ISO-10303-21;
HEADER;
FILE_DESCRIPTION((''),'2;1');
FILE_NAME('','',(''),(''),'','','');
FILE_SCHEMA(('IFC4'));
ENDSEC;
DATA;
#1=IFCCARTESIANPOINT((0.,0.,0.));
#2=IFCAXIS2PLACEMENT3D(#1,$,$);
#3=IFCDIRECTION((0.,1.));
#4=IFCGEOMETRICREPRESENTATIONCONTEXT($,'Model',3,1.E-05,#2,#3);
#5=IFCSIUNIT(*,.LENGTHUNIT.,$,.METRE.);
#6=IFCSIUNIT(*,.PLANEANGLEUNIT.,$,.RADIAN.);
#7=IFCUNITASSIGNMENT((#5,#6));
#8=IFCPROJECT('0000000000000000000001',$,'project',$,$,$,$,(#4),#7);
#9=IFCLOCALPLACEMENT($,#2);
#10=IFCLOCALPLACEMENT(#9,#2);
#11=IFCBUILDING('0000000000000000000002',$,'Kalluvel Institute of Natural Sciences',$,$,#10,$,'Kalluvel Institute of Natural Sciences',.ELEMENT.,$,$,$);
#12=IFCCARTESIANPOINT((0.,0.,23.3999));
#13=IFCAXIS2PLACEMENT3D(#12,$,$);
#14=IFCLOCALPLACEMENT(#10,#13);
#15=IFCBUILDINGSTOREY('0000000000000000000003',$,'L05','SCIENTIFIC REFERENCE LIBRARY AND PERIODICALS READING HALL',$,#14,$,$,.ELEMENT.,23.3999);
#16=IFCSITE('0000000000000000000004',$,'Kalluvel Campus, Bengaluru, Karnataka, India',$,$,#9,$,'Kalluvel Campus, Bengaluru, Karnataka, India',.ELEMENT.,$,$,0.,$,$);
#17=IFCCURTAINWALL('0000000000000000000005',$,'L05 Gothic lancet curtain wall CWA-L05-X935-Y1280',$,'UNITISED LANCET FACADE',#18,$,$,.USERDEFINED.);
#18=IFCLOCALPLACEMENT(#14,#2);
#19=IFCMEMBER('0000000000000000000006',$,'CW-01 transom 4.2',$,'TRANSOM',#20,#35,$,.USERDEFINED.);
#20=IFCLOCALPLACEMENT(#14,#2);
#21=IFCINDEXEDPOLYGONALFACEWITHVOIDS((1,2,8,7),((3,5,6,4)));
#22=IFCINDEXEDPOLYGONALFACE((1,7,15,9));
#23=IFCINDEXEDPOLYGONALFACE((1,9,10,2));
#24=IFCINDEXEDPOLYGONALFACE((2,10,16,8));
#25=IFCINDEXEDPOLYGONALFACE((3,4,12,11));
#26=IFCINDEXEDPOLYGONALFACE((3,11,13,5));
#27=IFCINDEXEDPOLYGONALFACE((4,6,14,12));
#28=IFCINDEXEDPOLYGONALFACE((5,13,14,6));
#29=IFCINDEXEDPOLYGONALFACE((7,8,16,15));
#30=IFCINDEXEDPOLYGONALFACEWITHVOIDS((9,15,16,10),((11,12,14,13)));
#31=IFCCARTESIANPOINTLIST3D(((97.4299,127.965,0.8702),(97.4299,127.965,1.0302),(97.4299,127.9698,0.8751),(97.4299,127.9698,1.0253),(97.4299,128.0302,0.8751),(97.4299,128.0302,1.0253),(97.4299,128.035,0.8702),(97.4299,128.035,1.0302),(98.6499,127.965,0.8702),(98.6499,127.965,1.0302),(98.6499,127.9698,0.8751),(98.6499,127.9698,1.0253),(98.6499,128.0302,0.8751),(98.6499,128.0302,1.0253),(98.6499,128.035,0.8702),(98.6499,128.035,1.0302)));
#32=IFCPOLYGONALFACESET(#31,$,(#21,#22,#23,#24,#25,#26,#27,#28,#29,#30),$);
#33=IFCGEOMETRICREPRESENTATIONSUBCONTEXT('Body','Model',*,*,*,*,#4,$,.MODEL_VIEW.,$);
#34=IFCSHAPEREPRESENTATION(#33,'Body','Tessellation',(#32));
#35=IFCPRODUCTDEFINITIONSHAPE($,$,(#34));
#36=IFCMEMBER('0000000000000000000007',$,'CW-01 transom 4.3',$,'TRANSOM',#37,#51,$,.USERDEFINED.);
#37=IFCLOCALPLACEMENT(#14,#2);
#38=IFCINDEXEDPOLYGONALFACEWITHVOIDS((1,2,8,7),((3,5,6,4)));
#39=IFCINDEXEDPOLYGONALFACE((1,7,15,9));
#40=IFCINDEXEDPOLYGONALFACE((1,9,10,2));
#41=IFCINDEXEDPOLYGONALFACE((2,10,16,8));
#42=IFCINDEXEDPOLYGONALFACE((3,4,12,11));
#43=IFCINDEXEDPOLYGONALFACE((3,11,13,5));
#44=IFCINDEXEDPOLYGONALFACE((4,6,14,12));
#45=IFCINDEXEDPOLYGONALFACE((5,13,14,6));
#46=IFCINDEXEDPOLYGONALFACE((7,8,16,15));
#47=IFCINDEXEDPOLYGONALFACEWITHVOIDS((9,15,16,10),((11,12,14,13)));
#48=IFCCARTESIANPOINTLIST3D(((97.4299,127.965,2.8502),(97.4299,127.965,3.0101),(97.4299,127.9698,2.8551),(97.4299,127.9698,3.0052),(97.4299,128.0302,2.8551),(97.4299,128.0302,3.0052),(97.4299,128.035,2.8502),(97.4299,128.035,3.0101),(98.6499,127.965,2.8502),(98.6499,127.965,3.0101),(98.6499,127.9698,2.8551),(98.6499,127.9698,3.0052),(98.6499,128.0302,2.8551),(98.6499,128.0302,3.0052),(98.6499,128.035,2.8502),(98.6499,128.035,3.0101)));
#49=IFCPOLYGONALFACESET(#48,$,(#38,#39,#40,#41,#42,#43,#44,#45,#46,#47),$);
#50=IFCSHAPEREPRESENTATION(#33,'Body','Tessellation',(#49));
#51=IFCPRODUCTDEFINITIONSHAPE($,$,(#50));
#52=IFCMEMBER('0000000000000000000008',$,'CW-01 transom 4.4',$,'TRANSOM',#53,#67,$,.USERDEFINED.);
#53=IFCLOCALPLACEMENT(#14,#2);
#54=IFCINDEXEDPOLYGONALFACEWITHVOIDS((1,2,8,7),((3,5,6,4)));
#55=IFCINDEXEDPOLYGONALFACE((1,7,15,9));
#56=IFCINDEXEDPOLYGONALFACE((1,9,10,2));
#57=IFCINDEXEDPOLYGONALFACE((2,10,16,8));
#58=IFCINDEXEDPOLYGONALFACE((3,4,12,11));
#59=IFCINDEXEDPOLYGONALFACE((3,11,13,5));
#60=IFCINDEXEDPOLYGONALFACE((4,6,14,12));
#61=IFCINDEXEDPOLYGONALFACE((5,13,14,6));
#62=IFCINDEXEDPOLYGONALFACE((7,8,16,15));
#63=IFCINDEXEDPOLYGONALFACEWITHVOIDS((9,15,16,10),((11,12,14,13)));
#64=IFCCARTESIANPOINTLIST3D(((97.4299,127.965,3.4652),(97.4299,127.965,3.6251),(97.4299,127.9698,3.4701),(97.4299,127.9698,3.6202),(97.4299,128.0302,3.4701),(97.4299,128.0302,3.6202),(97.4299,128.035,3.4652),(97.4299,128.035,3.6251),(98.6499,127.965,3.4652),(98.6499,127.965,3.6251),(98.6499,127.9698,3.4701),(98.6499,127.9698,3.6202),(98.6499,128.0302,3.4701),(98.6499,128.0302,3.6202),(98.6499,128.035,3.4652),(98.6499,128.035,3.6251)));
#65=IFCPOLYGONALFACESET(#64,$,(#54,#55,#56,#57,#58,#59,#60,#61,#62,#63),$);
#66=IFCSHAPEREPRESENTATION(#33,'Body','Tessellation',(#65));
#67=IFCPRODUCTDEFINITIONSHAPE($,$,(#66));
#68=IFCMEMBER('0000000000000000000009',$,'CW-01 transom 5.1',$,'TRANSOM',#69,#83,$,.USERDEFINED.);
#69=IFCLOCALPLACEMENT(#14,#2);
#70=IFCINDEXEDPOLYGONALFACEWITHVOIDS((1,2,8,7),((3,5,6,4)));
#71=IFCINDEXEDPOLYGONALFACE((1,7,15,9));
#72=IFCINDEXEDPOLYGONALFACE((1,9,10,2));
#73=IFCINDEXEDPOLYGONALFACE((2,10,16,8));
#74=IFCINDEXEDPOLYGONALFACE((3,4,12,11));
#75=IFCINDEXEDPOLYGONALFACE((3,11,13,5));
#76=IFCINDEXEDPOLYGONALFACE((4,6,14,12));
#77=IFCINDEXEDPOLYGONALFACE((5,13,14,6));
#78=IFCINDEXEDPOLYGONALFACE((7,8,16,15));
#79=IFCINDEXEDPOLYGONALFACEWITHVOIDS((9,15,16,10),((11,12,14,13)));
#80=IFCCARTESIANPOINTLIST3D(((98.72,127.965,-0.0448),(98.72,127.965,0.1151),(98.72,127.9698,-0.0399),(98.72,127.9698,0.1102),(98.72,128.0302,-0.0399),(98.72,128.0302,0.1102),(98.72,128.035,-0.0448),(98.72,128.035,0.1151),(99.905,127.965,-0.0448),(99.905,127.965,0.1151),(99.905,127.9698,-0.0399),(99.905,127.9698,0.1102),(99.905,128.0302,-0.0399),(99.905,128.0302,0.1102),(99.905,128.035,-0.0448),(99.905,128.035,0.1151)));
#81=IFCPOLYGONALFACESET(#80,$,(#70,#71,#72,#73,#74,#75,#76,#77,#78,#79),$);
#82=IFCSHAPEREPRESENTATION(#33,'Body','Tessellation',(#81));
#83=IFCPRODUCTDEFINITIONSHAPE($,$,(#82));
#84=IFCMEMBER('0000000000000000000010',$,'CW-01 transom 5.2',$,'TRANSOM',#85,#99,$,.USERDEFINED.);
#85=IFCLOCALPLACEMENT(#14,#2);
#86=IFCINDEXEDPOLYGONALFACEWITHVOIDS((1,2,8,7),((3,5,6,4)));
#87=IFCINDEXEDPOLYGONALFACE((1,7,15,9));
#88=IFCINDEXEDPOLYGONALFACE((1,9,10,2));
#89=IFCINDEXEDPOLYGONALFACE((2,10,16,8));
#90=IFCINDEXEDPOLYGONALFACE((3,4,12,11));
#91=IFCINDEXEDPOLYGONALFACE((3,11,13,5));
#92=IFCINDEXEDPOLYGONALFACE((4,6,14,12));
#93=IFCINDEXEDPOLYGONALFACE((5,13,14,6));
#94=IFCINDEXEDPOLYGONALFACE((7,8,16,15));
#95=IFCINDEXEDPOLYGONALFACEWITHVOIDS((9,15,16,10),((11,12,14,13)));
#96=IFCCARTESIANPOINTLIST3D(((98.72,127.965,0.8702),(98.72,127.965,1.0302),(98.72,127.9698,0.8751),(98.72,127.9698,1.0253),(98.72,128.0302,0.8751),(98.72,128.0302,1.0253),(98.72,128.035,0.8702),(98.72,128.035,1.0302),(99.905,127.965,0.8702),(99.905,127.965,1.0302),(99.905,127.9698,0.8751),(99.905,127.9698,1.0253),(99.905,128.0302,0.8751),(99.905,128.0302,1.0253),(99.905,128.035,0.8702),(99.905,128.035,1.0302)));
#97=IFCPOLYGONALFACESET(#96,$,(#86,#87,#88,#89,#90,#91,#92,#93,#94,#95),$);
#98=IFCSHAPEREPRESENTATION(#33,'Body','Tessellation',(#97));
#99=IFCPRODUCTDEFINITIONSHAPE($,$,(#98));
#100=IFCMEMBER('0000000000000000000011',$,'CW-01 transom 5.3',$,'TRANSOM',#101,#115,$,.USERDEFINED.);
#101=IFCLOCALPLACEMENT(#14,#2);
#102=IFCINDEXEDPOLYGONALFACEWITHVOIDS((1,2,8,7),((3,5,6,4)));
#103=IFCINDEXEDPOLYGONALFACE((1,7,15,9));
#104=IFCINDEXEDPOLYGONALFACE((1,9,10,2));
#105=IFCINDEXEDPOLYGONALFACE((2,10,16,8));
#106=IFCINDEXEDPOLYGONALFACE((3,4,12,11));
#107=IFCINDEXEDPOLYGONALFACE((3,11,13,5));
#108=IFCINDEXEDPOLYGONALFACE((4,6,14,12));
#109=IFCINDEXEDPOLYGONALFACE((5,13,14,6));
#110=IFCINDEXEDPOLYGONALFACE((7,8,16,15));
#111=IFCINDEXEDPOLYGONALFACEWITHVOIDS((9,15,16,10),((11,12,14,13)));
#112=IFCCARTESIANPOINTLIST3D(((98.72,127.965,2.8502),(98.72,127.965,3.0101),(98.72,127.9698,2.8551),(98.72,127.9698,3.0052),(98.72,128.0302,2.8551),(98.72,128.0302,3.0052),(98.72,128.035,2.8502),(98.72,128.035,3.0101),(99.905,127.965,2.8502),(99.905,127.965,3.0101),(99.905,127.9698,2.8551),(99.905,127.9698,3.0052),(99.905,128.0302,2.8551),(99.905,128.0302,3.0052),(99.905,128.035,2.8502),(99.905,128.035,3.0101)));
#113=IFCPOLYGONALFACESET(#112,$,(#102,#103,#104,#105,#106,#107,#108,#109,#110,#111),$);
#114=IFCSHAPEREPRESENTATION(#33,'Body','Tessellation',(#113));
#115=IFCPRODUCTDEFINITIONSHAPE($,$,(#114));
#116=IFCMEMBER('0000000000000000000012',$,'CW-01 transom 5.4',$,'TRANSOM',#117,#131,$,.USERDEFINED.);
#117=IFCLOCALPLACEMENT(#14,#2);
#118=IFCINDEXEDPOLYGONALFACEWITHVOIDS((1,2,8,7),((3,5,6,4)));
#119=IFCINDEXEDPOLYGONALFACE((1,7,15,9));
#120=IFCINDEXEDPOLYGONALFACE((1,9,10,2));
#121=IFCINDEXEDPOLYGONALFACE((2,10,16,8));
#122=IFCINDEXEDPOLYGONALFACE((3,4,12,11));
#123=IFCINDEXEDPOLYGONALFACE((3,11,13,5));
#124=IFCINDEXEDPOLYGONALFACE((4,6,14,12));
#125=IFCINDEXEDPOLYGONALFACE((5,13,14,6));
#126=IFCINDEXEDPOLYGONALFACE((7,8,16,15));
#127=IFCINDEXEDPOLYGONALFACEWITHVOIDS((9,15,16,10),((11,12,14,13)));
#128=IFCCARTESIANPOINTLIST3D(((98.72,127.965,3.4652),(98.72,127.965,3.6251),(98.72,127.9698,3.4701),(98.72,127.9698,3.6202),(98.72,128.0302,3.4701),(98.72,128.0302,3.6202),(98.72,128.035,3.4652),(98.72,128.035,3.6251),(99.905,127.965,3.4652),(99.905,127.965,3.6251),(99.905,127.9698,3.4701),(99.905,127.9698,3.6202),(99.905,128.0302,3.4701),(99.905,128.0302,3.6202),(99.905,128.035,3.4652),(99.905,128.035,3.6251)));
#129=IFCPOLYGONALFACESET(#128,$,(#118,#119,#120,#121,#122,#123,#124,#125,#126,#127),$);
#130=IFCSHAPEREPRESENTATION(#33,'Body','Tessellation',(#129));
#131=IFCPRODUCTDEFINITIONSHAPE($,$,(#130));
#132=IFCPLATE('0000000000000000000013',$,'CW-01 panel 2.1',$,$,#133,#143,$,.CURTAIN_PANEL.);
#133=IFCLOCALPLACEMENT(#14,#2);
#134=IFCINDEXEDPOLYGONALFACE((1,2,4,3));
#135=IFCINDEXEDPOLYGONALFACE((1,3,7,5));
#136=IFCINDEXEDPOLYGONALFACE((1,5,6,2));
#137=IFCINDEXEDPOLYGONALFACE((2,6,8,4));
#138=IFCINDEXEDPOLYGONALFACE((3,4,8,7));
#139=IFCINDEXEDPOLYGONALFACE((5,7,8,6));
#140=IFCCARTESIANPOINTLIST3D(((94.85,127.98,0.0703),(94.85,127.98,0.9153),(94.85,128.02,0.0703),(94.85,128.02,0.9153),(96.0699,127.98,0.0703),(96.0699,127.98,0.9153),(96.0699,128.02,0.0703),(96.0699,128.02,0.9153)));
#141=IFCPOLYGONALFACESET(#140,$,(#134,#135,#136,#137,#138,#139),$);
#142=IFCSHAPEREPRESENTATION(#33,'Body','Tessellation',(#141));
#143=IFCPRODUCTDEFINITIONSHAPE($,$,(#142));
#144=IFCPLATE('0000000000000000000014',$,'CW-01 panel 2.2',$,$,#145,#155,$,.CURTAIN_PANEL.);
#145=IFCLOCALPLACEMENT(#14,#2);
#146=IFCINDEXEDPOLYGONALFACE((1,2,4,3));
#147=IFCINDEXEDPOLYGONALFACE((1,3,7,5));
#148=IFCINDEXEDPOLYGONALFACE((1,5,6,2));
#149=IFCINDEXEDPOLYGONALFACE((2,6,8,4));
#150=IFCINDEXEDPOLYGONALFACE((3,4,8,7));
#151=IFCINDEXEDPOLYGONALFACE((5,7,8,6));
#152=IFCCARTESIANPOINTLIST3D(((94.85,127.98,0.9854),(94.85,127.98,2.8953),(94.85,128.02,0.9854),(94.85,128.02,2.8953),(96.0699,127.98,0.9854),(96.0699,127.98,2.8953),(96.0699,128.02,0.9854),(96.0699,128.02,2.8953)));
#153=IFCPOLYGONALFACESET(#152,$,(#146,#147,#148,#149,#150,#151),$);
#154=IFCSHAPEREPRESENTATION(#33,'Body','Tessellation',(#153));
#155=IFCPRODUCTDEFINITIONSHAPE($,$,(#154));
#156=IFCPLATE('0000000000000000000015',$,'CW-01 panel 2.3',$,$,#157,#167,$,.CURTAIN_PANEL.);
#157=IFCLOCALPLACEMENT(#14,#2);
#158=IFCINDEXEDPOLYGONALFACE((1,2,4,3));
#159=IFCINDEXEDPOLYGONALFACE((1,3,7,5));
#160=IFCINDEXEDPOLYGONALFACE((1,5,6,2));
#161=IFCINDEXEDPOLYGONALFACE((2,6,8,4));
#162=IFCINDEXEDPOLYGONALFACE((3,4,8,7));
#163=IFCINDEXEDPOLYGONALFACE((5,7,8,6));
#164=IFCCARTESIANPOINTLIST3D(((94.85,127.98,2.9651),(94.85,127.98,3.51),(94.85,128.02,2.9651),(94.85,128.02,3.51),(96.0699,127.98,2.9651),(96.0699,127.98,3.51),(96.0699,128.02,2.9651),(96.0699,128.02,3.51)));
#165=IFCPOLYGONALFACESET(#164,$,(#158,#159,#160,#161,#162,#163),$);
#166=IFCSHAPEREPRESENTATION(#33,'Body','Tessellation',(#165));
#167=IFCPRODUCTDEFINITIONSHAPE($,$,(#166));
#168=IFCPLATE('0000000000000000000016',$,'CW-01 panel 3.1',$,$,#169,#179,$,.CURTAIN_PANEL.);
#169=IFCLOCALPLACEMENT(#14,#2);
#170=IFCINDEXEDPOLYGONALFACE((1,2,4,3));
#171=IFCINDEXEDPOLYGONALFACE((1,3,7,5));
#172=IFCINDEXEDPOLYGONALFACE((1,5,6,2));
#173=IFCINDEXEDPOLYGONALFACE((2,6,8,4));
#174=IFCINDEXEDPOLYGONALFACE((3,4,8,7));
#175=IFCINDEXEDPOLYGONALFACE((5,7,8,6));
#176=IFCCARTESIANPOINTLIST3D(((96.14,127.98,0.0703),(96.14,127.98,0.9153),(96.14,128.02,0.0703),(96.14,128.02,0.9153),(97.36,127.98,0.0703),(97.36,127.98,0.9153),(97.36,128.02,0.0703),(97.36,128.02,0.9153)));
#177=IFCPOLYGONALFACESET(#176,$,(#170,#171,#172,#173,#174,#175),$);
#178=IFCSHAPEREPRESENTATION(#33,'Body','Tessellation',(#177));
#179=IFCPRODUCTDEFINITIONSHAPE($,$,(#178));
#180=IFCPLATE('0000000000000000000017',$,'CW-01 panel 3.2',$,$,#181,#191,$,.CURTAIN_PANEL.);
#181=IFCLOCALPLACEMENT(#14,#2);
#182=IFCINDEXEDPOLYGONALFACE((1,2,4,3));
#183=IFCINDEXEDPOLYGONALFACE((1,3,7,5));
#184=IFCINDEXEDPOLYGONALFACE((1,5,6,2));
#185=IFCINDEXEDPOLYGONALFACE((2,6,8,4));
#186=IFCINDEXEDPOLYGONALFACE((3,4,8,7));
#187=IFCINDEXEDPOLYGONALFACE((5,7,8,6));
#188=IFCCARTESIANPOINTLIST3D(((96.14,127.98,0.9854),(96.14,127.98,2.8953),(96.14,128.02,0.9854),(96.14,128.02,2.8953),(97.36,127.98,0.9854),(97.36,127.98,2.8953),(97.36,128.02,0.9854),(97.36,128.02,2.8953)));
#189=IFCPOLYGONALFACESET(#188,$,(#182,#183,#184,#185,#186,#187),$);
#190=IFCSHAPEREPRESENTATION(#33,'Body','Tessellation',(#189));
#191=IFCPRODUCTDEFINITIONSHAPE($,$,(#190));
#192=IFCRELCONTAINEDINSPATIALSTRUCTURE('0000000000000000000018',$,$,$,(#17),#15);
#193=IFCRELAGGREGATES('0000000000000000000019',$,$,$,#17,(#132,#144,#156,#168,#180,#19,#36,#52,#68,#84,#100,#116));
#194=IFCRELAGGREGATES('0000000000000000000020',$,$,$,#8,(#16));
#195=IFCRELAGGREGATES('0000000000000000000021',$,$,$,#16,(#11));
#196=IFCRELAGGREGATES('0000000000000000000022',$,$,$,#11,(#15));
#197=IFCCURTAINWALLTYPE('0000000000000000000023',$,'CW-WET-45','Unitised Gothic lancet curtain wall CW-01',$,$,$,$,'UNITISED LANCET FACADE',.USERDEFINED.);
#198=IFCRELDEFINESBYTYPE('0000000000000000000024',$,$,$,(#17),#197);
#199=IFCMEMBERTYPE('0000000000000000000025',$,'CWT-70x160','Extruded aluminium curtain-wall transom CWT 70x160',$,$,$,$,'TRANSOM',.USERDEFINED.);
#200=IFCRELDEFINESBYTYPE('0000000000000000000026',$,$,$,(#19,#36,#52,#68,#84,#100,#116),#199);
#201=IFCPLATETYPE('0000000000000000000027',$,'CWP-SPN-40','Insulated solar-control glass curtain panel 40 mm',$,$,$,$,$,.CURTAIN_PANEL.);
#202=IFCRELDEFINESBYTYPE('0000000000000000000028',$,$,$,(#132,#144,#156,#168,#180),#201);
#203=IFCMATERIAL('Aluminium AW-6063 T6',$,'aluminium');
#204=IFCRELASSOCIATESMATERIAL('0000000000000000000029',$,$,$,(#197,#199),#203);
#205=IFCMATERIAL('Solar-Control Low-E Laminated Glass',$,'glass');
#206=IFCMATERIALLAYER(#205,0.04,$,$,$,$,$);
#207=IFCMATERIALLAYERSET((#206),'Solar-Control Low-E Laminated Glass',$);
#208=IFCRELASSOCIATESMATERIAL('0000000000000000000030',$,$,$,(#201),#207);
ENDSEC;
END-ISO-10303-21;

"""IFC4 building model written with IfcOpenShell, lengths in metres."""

from ifc_helpers import new_model, si_unit, direction, frame, origin, origin_2d, place, context, subcontext, project, spatial, rectangle, hollow_rectangle, extrude, material, layer, layer_set, material_profile, profile_set, type_object, element, aggregate, save


model = new_model("IFC4")

# Units and contexts
model_context = context("Model", 3, precision=1e-05, world=origin(), true_north=direction((0.0, 1.0)))
body_context = subcontext(model_context, "Body", "Model", "MODEL_VIEW")
ifc_project = project(units=[si_unit("LENGTHUNIT", "METRE"), si_unit("PLANEANGLEUNIT", "RADIAN")], contexts=[model_context])

# Site, building, storey
site_placement = place(None, origin())
site = spatial("IfcSite", under=ifc_project, at=site_placement, Name="Kalluvel Campus, Bengaluru, Karnataka, India", LongName="Kalluvel Campus, Bengaluru, Karnataka, India", CompositionType="ELEMENT", RefElevation=0.0)
building_placement = place(site_placement, origin())
building = spatial("IfcBuilding", under=site, at=building_placement, Name="Kalluvel Institute of Natural Sciences", LongName="Kalluvel Institute of Natural Sciences", CompositionType="ELEMENT")
storey_placement = place(building_placement, frame((0.0, 0.0, 23.3999)))
storey = spatial("IfcBuildingStorey", under=building, at=storey_placement, Name="L05", Description="SCIENTIFIC REFERENCE LIBRARY AND PERIODICALS READING HALL", CompositionType="ELEMENT", Elevation=23.3999)

# Curtain wall, members, plates
ifc_material_1 = material(Name="Aluminium AW-6063 T6", Category="aluminium")
curtain_wall_type = type_object("IfcCurtainWallType", Name="CW-WET-45", Description="Unitised Gothic lancet curtain wall CW-01", ElementType="UNITISED LANCET FACADE", PredefinedType="USERDEFINED", material=ifc_material_1)
curtain_wall_placement = place(storey_placement, origin())
curtain_wall = element("IfcCurtainWall", 1, at=curtain_wall_placement, inside=storey, type_object=curtain_wall_type, Name="L05 Gothic lancet curtain wall CWA-L05-X935-Y1280", ObjectType="UNITISED LANCET FACADE", PredefinedType="USERDEFINED")
ifc_material_profile_1 = material_profile(ifc_material_1, hollow_rectangle(XDim=0.0701, YDim=0.1599, WallThickness=0.0049, at=origin_2d()), Name="CWT 70x160")
ifc_profile_set_1 = profile_set([ifc_material_profile_1], Name="Aluminium AW-6063 T6")
member_type_1 = type_object("IfcMemberType", Name="CWT-70x160", Description="Extruded aluminium curtain-wall transom CWT 70x160", ElementType="TRANSOM", PredefinedType="USERDEFINED", material=ifc_profile_set_1)
member_1_placement = place(storey_placement, frame((97.4299, 128.0, 0.9502), z_axis=(1.0, 0.0, 0.0), x_axis=(0.0, 1.0, 0.0)))
member_1 = element("IfcMember", 2, at=member_1_placement, type_object=member_type_1, Name="CW-01 transom 4.2", ObjectType="TRANSOM", PredefinedType="USERDEFINED", context=body_context, shape_type="SweptSolid", body=[
    extrude(hollow_rectangle(XDim=0.0701, YDim=0.1599, WallThickness=0.0049, at=origin_2d()), origin(), (0.0, 0.0, 1.0), 1.22),
])
member_2_placement = place(storey_placement, frame((97.4299, 128.0, 2.9302), z_axis=(1.0, 0.0, 0.0), x_axis=(0.0, 1.0, 0.0)))
member_2 = element("IfcMember", 3, at=member_2_placement, type_object=member_type_1, Name="CW-01 transom 4.3", ObjectType="TRANSOM", PredefinedType="USERDEFINED", context=body_context, shape_type="SweptSolid", body=[
    extrude(hollow_rectangle(XDim=0.0701, YDim=0.1599, WallThickness=0.0049, at=origin_2d()), origin(), (0.0, 0.0, 1.0), 1.22),
])
member_3_placement = place(storey_placement, frame((97.4299, 128.0, 3.5452), z_axis=(1.0, 0.0, 0.0), x_axis=(0.0, 1.0, 0.0)))
member_3 = element("IfcMember", 4, at=member_3_placement, type_object=member_type_1, Name="CW-01 transom 4.4", ObjectType="TRANSOM", PredefinedType="USERDEFINED", context=body_context, shape_type="SweptSolid", body=[
    extrude(hollow_rectangle(XDim=0.0701, YDim=0.1599, WallThickness=0.0049, at=origin_2d()), origin(), (0.0, 0.0, 1.0), 1.22),
])
member_4_placement = place(storey_placement, frame((98.72, 128.0, 0.0352), z_axis=(1.0, 0.0, 0.0), x_axis=(0.0, 1.0, 0.0)))
member_4 = element("IfcMember", 5, at=member_4_placement, type_object=member_type_1, Name="CW-01 transom 5.1", ObjectType="TRANSOM", PredefinedType="USERDEFINED", context=body_context, shape_type="SweptSolid", body=[
    extrude(hollow_rectangle(XDim=0.0701, YDim=0.1599, WallThickness=0.0049, at=origin_2d()), origin(), (0.0, 0.0, 1.0), 1.1851),
])
member_5_placement = place(storey_placement, frame((98.72, 128.0, 0.9502), z_axis=(1.0, 0.0, 0.0), x_axis=(0.0, 1.0, 0.0)))
member_5 = element("IfcMember", 6, at=member_5_placement, type_object=member_type_1, Name="CW-01 transom 5.2", ObjectType="TRANSOM", PredefinedType="USERDEFINED", context=body_context, shape_type="SweptSolid", body=[
    extrude(hollow_rectangle(XDim=0.0701, YDim=0.1599, WallThickness=0.0049, at=origin_2d()), origin(), (0.0, 0.0, 1.0), 1.1851),
])
member_6_placement = place(storey_placement, frame((98.72, 128.0, 2.9302), z_axis=(1.0, 0.0, 0.0), x_axis=(0.0, 1.0, 0.0)))
member_6 = element("IfcMember", 7, at=member_6_placement, type_object=member_type_1, Name="CW-01 transom 5.3", ObjectType="TRANSOM", PredefinedType="USERDEFINED", context=body_context, shape_type="SweptSolid", body=[
    extrude(hollow_rectangle(XDim=0.0701, YDim=0.1599, WallThickness=0.0049, at=origin_2d()), origin(), (0.0, 0.0, 1.0), 1.1851),
])
member_7_placement = place(storey_placement, frame((98.72, 128.0, 3.5452), z_axis=(1.0, 0.0, 0.0), x_axis=(0.0, 1.0, 0.0)))
member_7 = element("IfcMember", 8, at=member_7_placement, type_object=member_type_1, Name="CW-01 transom 5.4", ObjectType="TRANSOM", PredefinedType="USERDEFINED", context=body_context, shape_type="SweptSolid", body=[
    extrude(hollow_rectangle(XDim=0.0701, YDim=0.1599, WallThickness=0.0049, at=origin_2d()), origin(), (0.0, 0.0, 1.0), 1.1851),
])
ifc_material_2 = material(Name="Solar-Control Low-E Laminated Glass", Category="glass")
ifc_layer = layer(ifc_material_2, 0.04)
ifc_layer_set = layer_set([ifc_layer], Name="Solar-Control Low-E Laminated Glass")
plate_type = type_object("IfcPlateType", Name="CWP-SPN-40", Description="Insulated solar-control glass curtain panel 40 mm", PredefinedType="CURTAIN_PANEL", material=ifc_layer_set)
plate_1_placement = place(storey_placement, frame((95.46, 128.0, 0.0703), z_axis=(0.0, 0.0, 1.0), x_axis=(1.0, 0.0, 0.0)))
plate_1 = element("IfcPlate", 9, at=plate_1_placement, type_object=plate_type, Name="CW-01 panel 2.1", PredefinedType="CURTAIN_PANEL", context=body_context, shape_type="SweptSolid", body=[
    extrude(rectangle(XDim=1.22, YDim=0.04, at=origin_2d()), origin(), (0.0, 0.0, 1.0), 0.845),
])
plate_2_placement = place(storey_placement, frame((95.46, 128.0, 0.9854), z_axis=(0.0, 0.0, 1.0), x_axis=(1.0, 0.0, 0.0)))
plate_2 = element("IfcPlate", 10, at=plate_2_placement, type_object=plate_type, Name="CW-01 panel 2.2", PredefinedType="CURTAIN_PANEL", context=body_context, shape_type="SweptSolid", body=[
    extrude(rectangle(XDim=1.22, YDim=0.04, at=origin_2d()), origin(), (0.0, 0.0, 1.0), 1.9099),
])
plate_3_placement = place(storey_placement, frame((95.46, 128.0, 2.9651), z_axis=(0.0, 0.0, 1.0), x_axis=(1.0, 0.0, 0.0)))
plate_3 = element("IfcPlate", 11, at=plate_3_placement, type_object=plate_type, Name="CW-01 panel 2.3", PredefinedType="CURTAIN_PANEL", context=body_context, shape_type="SweptSolid", body=[
    extrude(rectangle(XDim=1.22, YDim=0.04, at=origin_2d()), origin(), (0.0, 0.0, 1.0), 0.5449),
])
plate_4_placement = place(storey_placement, frame((96.75, 128.0, 0.0703), z_axis=(0.0, 0.0, 1.0), x_axis=(1.0, 0.0, 0.0)))
plate_4 = element("IfcPlate", 12, at=plate_4_placement, type_object=plate_type, Name="CW-01 panel 3.1", PredefinedType="CURTAIN_PANEL", context=body_context, shape_type="SweptSolid", body=[
    extrude(rectangle(XDim=1.22, YDim=0.04, at=origin_2d()), origin(), (0.0, 0.0, 1.0), 0.845),
])
plate_5_placement = place(storey_placement, frame((96.75, 128.0, 0.9854), z_axis=(0.0, 0.0, 1.0), x_axis=(1.0, 0.0, 0.0)))
plate_5 = element("IfcPlate", 13, at=plate_5_placement, type_object=plate_type, Name="CW-01 panel 3.2", PredefinedType="CURTAIN_PANEL", context=body_context, shape_type="SweptSolid", body=[
    extrude(rectangle(XDim=1.22, YDim=0.04, at=origin_2d()), origin(), (0.0, 0.0, 1.0), 1.9099),
])
aggregate(curtain_wall, [plate_1, plate_2, plate_3, plate_4, plate_5, member_1, member_2, member_3, member_4, member_5, member_6, member_7])

save(model, "model.ifc")
